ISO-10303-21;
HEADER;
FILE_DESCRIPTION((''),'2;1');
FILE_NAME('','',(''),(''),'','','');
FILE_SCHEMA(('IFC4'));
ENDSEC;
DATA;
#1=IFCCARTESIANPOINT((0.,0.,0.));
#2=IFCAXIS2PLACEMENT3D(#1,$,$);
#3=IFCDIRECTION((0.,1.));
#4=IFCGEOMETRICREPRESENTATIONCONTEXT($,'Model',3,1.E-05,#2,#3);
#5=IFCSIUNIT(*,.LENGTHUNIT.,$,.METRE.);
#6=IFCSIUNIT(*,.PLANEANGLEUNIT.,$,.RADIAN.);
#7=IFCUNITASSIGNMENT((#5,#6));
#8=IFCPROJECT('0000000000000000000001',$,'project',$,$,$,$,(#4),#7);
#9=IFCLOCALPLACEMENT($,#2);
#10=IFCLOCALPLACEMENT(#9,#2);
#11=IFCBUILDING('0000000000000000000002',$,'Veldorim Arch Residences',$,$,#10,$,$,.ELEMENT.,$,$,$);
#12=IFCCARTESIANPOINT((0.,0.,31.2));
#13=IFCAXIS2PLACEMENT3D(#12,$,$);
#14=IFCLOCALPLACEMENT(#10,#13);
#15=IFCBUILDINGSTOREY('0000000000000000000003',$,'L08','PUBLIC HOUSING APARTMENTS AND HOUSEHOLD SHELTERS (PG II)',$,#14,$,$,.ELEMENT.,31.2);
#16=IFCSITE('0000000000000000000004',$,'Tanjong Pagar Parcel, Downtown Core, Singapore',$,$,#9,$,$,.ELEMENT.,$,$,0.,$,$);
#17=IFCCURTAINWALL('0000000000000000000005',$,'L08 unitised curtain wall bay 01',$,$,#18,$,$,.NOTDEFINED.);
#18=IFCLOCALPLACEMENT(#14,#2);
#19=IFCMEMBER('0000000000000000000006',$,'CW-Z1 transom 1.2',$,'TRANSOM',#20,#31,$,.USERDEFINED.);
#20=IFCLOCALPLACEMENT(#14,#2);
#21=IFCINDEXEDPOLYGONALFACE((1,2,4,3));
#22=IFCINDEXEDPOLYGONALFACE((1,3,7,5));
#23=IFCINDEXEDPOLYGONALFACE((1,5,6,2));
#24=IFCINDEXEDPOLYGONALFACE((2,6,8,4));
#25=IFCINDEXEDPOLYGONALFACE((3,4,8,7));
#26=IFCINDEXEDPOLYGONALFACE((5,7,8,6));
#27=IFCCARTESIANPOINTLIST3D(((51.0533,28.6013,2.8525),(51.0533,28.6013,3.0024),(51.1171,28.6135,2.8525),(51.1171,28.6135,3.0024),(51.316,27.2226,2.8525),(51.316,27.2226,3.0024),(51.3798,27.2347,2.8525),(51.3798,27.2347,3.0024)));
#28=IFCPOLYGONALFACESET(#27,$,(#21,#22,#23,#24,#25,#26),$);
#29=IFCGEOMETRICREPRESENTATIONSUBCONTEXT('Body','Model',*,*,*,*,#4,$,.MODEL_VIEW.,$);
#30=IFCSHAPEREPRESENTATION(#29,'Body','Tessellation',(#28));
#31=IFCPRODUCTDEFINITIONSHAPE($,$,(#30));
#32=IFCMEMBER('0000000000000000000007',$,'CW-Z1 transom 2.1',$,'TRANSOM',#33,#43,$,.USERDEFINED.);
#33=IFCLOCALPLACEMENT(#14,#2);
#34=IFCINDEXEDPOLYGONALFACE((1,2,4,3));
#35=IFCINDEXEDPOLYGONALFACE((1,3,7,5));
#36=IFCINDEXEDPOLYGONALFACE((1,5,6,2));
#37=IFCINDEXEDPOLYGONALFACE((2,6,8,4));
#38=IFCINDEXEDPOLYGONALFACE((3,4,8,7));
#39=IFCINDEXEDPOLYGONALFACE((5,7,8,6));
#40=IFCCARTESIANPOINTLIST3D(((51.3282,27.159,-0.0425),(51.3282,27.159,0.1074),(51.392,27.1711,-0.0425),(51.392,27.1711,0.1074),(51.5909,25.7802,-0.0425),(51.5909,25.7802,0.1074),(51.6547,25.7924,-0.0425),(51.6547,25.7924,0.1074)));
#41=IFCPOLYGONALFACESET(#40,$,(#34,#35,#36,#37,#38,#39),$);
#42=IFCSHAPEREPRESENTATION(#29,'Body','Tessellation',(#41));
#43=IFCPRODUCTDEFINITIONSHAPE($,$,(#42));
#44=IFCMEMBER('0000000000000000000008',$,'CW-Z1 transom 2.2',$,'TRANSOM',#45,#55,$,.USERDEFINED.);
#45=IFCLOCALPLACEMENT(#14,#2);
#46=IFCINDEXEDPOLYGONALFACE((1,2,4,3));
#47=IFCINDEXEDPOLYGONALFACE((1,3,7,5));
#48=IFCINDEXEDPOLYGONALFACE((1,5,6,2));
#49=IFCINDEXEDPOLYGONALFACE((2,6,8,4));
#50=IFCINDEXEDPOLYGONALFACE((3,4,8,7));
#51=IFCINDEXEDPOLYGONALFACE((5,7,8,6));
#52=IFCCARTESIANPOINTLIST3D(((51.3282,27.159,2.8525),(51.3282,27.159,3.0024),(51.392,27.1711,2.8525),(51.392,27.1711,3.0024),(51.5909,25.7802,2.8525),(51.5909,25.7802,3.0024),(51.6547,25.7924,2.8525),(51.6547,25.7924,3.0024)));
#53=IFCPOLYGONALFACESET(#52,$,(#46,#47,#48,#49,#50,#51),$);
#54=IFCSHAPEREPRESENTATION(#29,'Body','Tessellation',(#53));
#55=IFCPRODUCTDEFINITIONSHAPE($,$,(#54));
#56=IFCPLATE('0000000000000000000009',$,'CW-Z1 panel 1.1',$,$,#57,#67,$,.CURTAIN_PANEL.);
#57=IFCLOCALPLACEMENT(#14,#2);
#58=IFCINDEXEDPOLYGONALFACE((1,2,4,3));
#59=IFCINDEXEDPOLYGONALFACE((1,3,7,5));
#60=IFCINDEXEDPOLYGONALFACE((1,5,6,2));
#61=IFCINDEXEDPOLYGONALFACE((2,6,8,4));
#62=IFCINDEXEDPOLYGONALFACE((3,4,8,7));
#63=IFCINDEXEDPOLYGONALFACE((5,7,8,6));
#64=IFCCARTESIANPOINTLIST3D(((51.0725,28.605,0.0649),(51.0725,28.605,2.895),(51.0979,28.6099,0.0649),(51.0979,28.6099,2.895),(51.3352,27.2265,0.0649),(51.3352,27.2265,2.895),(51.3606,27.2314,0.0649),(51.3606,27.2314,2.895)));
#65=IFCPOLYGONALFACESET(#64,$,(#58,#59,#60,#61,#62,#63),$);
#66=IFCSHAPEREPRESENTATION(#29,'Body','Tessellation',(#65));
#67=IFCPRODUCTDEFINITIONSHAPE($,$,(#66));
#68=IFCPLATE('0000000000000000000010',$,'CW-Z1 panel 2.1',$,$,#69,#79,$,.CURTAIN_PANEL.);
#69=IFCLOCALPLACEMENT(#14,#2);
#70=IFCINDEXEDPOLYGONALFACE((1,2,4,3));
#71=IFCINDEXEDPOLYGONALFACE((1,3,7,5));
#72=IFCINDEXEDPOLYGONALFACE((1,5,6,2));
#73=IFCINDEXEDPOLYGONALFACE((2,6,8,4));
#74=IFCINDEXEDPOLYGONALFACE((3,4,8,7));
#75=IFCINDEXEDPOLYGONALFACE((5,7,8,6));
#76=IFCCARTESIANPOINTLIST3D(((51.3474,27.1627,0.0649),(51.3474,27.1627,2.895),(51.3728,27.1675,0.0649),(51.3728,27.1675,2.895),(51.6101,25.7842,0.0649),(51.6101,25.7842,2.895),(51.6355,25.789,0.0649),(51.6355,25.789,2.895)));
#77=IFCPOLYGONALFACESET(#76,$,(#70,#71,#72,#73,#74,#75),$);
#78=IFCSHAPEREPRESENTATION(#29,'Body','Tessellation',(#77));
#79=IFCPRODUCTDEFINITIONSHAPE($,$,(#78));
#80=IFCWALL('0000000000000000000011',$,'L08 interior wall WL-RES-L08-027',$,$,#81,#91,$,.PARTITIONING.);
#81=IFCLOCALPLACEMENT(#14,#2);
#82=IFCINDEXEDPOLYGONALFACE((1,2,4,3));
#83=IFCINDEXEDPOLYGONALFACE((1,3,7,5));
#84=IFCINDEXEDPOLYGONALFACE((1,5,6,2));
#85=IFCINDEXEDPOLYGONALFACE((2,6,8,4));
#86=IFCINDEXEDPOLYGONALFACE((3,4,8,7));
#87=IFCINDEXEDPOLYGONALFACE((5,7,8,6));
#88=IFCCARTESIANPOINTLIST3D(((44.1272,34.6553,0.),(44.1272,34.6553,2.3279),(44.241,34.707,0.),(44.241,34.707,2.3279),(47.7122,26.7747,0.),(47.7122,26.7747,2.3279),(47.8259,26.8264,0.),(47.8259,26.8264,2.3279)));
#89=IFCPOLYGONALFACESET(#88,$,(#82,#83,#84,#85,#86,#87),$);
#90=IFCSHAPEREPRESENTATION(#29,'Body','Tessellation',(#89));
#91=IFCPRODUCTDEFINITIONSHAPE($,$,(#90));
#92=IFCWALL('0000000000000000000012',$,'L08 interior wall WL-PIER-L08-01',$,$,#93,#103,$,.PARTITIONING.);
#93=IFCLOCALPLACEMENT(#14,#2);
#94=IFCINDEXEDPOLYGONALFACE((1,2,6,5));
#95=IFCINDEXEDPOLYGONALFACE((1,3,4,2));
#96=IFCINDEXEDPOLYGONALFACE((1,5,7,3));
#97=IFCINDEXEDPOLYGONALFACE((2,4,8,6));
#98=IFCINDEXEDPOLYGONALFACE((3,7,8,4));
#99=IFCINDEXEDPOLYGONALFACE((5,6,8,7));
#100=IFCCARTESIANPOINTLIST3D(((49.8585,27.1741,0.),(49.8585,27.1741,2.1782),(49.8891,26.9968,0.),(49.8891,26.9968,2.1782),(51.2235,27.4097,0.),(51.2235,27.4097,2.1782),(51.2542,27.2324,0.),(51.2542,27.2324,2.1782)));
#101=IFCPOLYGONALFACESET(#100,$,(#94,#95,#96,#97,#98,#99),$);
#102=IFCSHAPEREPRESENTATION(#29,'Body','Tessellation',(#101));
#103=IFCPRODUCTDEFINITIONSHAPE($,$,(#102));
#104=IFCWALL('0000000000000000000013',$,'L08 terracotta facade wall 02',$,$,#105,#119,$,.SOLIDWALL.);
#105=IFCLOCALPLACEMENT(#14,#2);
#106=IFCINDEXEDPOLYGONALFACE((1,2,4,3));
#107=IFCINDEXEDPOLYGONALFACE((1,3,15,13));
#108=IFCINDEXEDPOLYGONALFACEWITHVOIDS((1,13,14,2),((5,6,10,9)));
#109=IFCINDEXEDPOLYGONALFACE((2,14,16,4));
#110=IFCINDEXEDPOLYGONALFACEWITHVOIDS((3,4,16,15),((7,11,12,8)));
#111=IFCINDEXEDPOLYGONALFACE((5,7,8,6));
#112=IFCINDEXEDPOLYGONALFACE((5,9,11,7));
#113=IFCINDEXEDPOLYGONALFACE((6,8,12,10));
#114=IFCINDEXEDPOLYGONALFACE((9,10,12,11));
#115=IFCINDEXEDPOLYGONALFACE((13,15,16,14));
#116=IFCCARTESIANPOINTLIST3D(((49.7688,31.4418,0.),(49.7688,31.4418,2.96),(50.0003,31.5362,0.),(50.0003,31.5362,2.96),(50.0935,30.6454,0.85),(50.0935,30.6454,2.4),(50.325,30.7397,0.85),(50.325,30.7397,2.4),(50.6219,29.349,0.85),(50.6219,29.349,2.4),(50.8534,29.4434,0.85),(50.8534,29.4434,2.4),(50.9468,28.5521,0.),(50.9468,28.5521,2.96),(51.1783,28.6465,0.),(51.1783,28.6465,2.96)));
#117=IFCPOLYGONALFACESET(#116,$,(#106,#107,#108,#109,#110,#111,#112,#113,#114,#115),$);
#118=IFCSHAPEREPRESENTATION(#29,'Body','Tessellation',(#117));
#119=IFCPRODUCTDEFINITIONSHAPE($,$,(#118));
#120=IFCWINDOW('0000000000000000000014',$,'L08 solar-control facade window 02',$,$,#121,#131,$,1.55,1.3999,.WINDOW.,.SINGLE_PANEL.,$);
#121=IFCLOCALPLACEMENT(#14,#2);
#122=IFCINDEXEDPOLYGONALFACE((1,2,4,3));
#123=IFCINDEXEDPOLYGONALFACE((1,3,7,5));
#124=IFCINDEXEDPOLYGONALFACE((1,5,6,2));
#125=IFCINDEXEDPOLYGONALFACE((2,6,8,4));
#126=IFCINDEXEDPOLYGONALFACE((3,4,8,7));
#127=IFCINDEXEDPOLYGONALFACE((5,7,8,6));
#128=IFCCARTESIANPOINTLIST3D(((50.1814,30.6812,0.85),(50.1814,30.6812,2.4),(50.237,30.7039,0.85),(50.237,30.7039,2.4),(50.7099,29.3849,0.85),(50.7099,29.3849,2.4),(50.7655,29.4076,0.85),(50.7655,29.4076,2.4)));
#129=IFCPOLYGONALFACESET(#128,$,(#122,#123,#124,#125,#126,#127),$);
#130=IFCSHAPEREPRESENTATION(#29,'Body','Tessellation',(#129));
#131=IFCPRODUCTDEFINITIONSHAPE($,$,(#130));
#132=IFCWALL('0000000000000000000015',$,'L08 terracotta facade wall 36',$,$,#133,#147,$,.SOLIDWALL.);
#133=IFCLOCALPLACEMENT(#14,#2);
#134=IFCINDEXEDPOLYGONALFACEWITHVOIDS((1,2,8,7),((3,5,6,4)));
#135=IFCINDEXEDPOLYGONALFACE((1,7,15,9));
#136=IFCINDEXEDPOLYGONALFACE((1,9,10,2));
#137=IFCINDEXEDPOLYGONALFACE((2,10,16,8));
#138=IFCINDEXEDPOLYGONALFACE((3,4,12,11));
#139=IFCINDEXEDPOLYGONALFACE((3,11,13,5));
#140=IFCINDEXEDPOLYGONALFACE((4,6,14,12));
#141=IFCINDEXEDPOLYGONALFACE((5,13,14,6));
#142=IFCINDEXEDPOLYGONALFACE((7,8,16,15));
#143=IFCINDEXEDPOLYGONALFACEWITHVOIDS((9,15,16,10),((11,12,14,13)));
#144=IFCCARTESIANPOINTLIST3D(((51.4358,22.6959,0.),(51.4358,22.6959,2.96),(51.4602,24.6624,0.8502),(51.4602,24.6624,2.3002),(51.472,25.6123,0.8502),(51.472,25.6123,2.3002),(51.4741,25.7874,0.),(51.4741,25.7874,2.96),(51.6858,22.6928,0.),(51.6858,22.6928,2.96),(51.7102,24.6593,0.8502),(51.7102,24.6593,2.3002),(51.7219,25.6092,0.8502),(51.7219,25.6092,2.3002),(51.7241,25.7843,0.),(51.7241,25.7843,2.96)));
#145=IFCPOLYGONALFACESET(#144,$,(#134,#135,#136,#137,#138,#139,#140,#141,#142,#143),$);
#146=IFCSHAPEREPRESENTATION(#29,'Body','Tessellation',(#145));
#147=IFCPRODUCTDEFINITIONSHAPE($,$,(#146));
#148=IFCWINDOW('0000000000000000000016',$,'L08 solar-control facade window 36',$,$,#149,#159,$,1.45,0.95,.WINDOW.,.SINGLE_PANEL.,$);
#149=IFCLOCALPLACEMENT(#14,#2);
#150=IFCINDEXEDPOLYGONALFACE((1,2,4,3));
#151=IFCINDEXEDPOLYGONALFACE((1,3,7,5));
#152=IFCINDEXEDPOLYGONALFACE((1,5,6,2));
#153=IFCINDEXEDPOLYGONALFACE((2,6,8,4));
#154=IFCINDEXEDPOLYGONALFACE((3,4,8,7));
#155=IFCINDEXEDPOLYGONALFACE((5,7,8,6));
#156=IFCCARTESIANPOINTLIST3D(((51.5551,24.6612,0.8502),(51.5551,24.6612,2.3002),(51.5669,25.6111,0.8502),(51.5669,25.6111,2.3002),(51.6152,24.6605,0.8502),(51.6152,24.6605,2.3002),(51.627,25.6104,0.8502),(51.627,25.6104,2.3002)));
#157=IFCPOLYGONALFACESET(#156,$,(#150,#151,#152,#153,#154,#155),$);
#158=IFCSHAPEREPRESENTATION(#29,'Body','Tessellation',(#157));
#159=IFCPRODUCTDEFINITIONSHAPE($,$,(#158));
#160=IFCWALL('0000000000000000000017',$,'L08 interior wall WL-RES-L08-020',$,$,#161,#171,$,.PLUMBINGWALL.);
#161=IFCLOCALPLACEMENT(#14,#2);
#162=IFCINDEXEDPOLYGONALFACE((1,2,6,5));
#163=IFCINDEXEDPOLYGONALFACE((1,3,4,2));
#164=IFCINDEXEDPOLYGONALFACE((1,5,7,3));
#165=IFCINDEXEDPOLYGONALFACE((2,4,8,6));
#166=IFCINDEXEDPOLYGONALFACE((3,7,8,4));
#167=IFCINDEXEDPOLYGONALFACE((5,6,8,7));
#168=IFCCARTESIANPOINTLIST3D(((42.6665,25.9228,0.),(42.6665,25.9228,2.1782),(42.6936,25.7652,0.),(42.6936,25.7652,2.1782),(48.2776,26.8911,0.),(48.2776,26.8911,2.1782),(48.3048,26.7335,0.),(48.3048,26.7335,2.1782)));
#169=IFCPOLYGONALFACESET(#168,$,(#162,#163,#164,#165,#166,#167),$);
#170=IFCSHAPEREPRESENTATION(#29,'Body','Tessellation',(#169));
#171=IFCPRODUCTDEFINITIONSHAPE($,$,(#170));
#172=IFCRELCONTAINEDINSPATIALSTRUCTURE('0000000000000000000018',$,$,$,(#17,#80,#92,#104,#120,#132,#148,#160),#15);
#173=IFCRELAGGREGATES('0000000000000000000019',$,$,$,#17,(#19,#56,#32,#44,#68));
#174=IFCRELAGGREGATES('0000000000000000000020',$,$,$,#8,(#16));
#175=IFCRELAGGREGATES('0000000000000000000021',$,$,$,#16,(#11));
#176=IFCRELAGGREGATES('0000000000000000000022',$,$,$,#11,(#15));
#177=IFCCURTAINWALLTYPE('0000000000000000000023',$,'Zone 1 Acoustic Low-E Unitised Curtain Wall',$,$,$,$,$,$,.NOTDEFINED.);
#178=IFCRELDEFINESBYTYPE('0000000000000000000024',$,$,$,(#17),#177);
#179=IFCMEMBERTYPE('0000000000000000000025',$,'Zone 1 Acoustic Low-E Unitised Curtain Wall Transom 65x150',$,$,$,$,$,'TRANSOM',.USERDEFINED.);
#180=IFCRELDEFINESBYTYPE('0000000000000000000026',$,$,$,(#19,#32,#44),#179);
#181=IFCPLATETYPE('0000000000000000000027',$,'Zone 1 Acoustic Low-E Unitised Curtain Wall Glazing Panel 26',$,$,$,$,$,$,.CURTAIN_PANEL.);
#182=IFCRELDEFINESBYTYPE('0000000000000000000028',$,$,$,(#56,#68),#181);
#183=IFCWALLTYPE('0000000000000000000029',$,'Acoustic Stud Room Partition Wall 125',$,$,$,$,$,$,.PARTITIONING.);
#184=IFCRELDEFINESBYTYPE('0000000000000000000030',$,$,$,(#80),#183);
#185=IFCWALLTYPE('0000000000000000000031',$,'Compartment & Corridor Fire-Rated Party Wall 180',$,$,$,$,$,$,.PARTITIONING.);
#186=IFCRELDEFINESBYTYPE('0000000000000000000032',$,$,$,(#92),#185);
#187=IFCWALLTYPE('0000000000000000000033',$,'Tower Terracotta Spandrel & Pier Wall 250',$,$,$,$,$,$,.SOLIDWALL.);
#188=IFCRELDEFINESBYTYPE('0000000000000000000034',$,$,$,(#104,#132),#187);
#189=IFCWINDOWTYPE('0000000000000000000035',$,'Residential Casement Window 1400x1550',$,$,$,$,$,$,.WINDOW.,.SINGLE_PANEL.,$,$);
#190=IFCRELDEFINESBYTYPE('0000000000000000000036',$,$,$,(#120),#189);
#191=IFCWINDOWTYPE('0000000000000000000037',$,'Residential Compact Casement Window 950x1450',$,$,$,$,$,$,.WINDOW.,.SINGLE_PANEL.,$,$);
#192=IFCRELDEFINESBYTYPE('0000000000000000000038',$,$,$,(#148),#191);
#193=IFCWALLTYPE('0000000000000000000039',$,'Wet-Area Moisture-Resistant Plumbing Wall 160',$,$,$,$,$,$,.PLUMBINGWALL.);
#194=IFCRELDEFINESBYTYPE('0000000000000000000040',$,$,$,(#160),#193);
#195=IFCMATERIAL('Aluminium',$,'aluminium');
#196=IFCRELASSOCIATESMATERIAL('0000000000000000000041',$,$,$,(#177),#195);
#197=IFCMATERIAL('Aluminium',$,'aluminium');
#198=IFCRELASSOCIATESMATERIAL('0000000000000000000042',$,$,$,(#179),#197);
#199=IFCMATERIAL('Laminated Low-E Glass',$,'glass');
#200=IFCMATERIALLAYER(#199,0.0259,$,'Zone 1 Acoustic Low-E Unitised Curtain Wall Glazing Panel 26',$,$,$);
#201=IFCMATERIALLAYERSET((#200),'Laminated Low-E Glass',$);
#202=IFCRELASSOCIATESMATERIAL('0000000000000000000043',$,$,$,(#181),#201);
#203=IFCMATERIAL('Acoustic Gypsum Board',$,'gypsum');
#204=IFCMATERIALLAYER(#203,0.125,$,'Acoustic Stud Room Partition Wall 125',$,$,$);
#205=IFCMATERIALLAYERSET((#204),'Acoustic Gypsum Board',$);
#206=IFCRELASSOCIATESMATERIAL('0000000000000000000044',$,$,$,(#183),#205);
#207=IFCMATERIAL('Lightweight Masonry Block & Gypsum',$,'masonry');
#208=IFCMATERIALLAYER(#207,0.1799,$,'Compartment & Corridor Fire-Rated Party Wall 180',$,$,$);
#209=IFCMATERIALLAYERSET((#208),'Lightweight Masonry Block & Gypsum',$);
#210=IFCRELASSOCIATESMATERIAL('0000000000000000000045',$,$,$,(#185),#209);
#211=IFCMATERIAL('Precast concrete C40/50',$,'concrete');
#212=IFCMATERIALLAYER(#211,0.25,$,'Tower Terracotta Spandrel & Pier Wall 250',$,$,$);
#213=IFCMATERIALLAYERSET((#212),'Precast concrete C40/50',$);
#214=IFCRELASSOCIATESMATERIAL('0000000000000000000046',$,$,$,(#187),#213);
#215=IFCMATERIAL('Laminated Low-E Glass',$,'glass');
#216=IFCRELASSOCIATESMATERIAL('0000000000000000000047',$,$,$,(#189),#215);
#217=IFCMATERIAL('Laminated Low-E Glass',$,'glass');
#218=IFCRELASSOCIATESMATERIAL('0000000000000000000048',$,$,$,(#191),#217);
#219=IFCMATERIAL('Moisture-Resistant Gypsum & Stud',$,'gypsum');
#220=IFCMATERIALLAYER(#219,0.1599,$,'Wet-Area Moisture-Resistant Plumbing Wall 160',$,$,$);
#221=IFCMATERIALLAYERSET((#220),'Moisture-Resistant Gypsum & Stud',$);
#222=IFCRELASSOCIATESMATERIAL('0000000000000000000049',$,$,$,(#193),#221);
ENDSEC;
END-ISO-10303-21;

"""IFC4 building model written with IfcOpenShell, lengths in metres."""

from ifc_helpers import new_model, si_unit, direction, frame, frame_2d, origin, origin_2d, place, context, subcontext, project, spatial, rectangle, extrude, material, layer, layer_set, material_profile, profile_set, type_object, element, fill, aggregate, save


model = new_model("IFC4")

# Units and contexts
model_context = context("Model", 3, precision=1e-05, world=origin(), true_north=direction((0.0, 1.0)))
body_context = subcontext(model_context, "Body", "Model", "MODEL_VIEW")
ifc_project = project(units=[si_unit("LENGTHUNIT", "METRE"), si_unit("PLANEANGLEUNIT", "RADIAN")], contexts=[model_context])

# Site, building, storey
site_placement = place(None, origin())
site = spatial("IfcSite", under=ifc_project, at=site_placement, Name="Tanjong Pagar Parcel, Downtown Core, Singapore", CompositionType="ELEMENT", RefElevation=0.0)
building_placement = place(site_placement, origin())
building = spatial("IfcBuilding", under=site, at=building_placement, Name="Veldorim Arch Residences", CompositionType="ELEMENT")
storey_placement = place(building_placement, frame((0.0, 0.0, 31.2)))
storey = spatial("IfcBuildingStorey", under=building, at=storey_placement, Name="L08", Description="PUBLIC HOUSING APARTMENTS AND HOUSEHOLD SHELTERS (PG II)", CompositionType="ELEMENT", Elevation=31.2)

# Curtain wall, members, plates
ifc_material_1 = material(Name="Aluminium", Category="aluminium")
curtain_wall_type = type_object("IfcCurtainWallType", Name="Zone 1 Acoustic Low-E Unitised Curtain Wall", PredefinedType="NOTDEFINED", material=ifc_material_1)
curtain_wall_placement = place(storey_placement, origin())
curtain_wall = element("IfcCurtainWall", 1, at=curtain_wall_placement, inside=storey, type_object=curtain_wall_type, Name="L08 unitised curtain wall bay 01", PredefinedType="NOTDEFINED")
ifc_material_2 = material(Name="Aluminium", Category="aluminium")
ifc_material_profile_1 = material_profile(ifc_material_2, rectangle(XDim=0.0649, YDim=0.1499, at=origin_2d()), Name="ALU_TRN_65x150")
ifc_profile_set_1 = profile_set([ifc_material_profile_1], Name="Aluminium")
member_type_1 = type_object("IfcMemberType", Name="Zone 1 Acoustic Low-E Unitised Curtain Wall Transom 65x150", ElementType="TRANSOM", PredefinedType="USERDEFINED", material=ifc_profile_set_1)
member_1_placement = place(storey_placement, frame((51.0852, 28.6074, 2.9275), z_axis=(0.187176, -0.982326, 0.0), x_axis=(0.982326, 0.187176, 0.0)))
member_1 = element("IfcMember", 2, at=member_1_placement, type_object=member_type_1, Name="CW-Z1 transom 1.2", ObjectType="TRANSOM", PredefinedType="USERDEFINED", context=body_context, shape_type="SweptSolid", body=[
    extrude(rectangle(XDim=0.0649, YDim=0.1499, at=origin_2d()), origin(), (0.0, 0.0, 1.0), 1.4036),
])
member_2_placement = place(storey_placement, frame((51.3601, 27.165, 0.0325), z_axis=(0.187176, -0.982326, 0.0), x_axis=(0.982326, 0.187176, 0.0)))
member_2 = element("IfcMember", 3, at=member_2_placement, type_object=member_type_1, Name="CW-Z1 transom 2.1", ObjectType="TRANSOM", PredefinedType="USERDEFINED", context=body_context, shape_type="SweptSolid", body=[
    extrude(rectangle(XDim=0.0649, YDim=0.1499, at=origin_2d()), origin(), (0.0, 0.0, 1.0), 1.4036),
])
member_3_placement = place(storey_placement, frame((51.3601, 27.165, 2.9275), z_axis=(0.187176, -0.982326, 0.0), x_axis=(0.982326, 0.187176, 0.0)))
member_3 = element("IfcMember", 4, at=member_3_placement, type_object=member_type_1, Name="CW-Z1 transom 2.2", ObjectType="TRANSOM", PredefinedType="USERDEFINED", context=body_context, shape_type="SweptSolid", body=[
    extrude(rectangle(XDim=0.0649, YDim=0.1499, at=origin_2d()), origin(), (0.0, 0.0, 1.0), 1.4036),
])
ifc_material_3 = material(Name="Laminated Low-E Glass", Category="glass")
ifc_layer_1 = layer(ifc_material_3, 0.0259, Name="Zone 1 Acoustic Low-E Unitised Curtain Wall Glazing Panel 26")
ifc_layer_set_1 = layer_set([ifc_layer_1], Name="Laminated Low-E Glass")
plate_type = type_object("IfcPlateType", Name="Zone 1 Acoustic Low-E Unitised Curtain Wall Glazing Panel 26", PredefinedType="CURTAIN_PANEL", material=ifc_layer_set_1)
plate_1_placement = place(storey_placement, frame((51.2166, 27.9182, 0.0649), z_axis=(0.0, 0.0, 1.0), x_axis=(0.187222, -0.982318, 0.0)))
plate_1 = element("IfcPlate", 5, at=plate_1_placement, type_object=plate_type, Name="CW-Z1 panel 1.1", PredefinedType="CURTAIN_PANEL", context=body_context, shape_type="SweptSolid", body=[
    extrude(rectangle(XDim=1.4033, YDim=0.0259, at=origin_2d()), origin(), (0.0, 0.0, 1.0), 2.8301),
])
plate_2_placement = place(storey_placement, frame((51.4915, 26.4758, 0.0649), z_axis=(0.0, 0.0, 1.0), x_axis=(0.187222, -0.982318, 0.0)))
plate_2 = element("IfcPlate", 6, at=plate_2_placement, type_object=plate_type, Name="CW-Z1 panel 2.1", PredefinedType="CURTAIN_PANEL", context=body_context, shape_type="SweptSolid", body=[
    extrude(rectangle(XDim=1.4033, YDim=0.0259, at=origin_2d()), origin(), (0.0, 0.0, 1.0), 2.8301),
])
aggregate(curtain_wall, [member_1, plate_1, member_2, member_3, plate_2])

# Walls
ifc_material_4 = material(Name="Acoustic Gypsum Board", Category="gypsum")
ifc_layer_2 = layer(ifc_material_4, 0.125, Name="Acoustic Stud Room Partition Wall 125")
ifc_layer_set_2 = layer_set([ifc_layer_2], Name="Acoustic Gypsum Board")
wall_type_1 = type_object("IfcWallType", Name="Acoustic Stud Room Partition Wall 125", PredefinedType="PARTITIONING", material=ifc_layer_set_2)
wall_1_placement = place(storey_placement, frame((47.769, 26.8005, 0.0), z_axis=(0.0, 0.0, 1.0), x_axis=(-0.414077, 0.910242, 0.0)))
element("IfcWall", 7, at=wall_1_placement, inside=storey, type_object=wall_type_1, Name="L08 interior wall WL-RES-L08-027", PredefinedType="PARTITIONING", context=body_context, shape_type="SweptSolid", body=[
    extrude(rectangle(XDim=8.6577, YDim=0.125, at=frame_2d((4.3289, 0.0))), origin(), (0.0, 0.0, 1.0), 2.3279),
])
ifc_material_5 = material(Name="Lightweight Masonry Block & Gypsum", Category="masonry")
ifc_layer_3 = layer(ifc_material_5, 0.1799, Name="Compartment & Corridor Fire-Rated Party Wall 180")
ifc_layer_set_3 = layer_set([ifc_layer_3], Name="Lightweight Masonry Block & Gypsum")
wall_type_2 = type_object("IfcWallType", Name="Compartment & Corridor Fire-Rated Party Wall 180", PredefinedType="PARTITIONING", material=ifc_layer_set_3)
wall_2_placement = place(storey_placement, frame((49.8738, 27.0854, 0.0), z_axis=(0.0, 0.0, 1.0), x_axis=(0.98543, 0.170084, 0.0)))
element("IfcWall", 8, at=wall_2_placement, inside=storey, type_object=wall_type_2, Name="L08 interior wall WL-PIER-L08-01", PredefinedType="PARTITIONING", context=body_context, shape_type="SweptSolid", body=[
    extrude(rectangle(XDim=1.3853, YDim=0.1799, at=frame_2d((0.6926, 0.0))), origin(), (0.0, 0.0, 1.0), 2.1782),
])

# Walls, openings, windows
ifc_material_6 = material(Name="Precast concrete C40/50", Category="concrete")
ifc_layer_4 = layer(ifc_material_6, 0.25, Name="Tower Terracotta Spandrel & Pier Wall 250")
ifc_layer_set_4 = layer_set([ifc_layer_4], Name="Precast concrete C40/50")
wall_type_3 = type_object("IfcWallType", Name="Tower Terracotta Spandrel & Pier Wall 250", PredefinedType="SOLIDWALL", material=ifc_layer_set_4)
wall_3_placement = place(storey_placement, frame((49.8845, 31.489, 0.0), z_axis=(0.0, 0.0, 1.0), x_axis=(0.377493, -0.926012, 0.0)))
wall_3 = element("IfcWall", 9, at=wall_3_placement, inside=storey, type_object=wall_type_3, Name="L08 terracotta facade wall 02", PredefinedType="SOLIDWALL", context=body_context, shape_type="SweptSolid", body=[
    extrude(rectangle(XDim=3.1206, YDim=0.25, at=frame_2d((1.5603, 0.0))), origin(), (0.0, 0.0, 1.0), 2.96),
])
opening_1_placement = place(wall_3_placement, frame((0.8601, 0.0, 0.8501)))
opening_1 = element("IfcOpeningElement", 10, at=opening_1_placement, cuts=wall_3, PredefinedType="OPENING", context=body_context, shape_type="SweptSolid", body=[
    extrude(rectangle(XDim=1.3999, YDim=1.55, at=frame_2d((0.7, 0.7749))), frame((0.0, 0.135, 0.0), z_axis=(0.0, -1.0, 0.0), x_axis=(1.0, 0.0, 0.0)), (0.0, 0.0, 1.0), 0.27),
])
ifc_material_7 = material(Name="Laminated Low-E Glass", Category="glass")
window_type_1 = type_object("IfcWindowType", Name="Residential Casement Window 1400x1550", PartitioningType="SINGLE_PANEL", PredefinedType="WINDOW", material=ifc_material_7)
window_1_placement = place(opening_1_placement, origin())
window_1 = element("IfcWindow", 11, at=window_1_placement, inside=storey, type_object=window_type_1, Name="L08 solar-control facade window 02", OverallHeight=1.55, OverallWidth=1.3999, PartitioningType="SINGLE_PANEL", PredefinedType="WINDOW", context=body_context, shape_type="SweptSolid", body=[
    extrude(rectangle(XDim=1.3999, YDim=1.55, at=frame_2d((0.7, 0.7749))), frame((0.0, 0.03, 0.0), z_axis=(0.0, -1.0, 0.0), x_axis=(1.0, 0.0, 0.0)), (0.0, 0.0, 1.0), 0.0601),
])
fill(opening_1, window_1)
wall_4_placement = place(storey_placement, frame((51.5991, 25.7859, 0.0), z_axis=(0.0, 0.0, 1.0), x_axis=(-0.012397, -0.999923, 0.0)))
wall_4 = element("IfcWall", 12, at=wall_4_placement, inside=storey, type_object=wall_type_3, Name="L08 terracotta facade wall 36", PredefinedType="SOLIDWALL", context=body_context, shape_type="SweptSolid", body=[
    extrude(rectangle(XDim=3.0918, YDim=0.25, at=frame_2d((1.5459, 0.0))), origin(), (0.0, 0.0, 1.0), 2.96),
])
opening_2_placement = place(wall_4_placement, frame((0.175, 0.0, 0.8501)))
opening_2 = element("IfcOpeningElement", 13, at=opening_2_placement, cuts=wall_4, PredefinedType="OPENING", context=body_context, shape_type="SweptSolid", body=[
    extrude(rectangle(XDim=0.95, YDim=1.45, at=frame_2d((0.4751, 0.7251))), frame((0.0, 0.135, 0.0), z_axis=(0.0, -1.0, 0.0), x_axis=(1.0, 0.0, 0.0)), (0.0, 0.0, 1.0), 0.27),
])
ifc_material_8 = material(Name="Laminated Low-E Glass", Category="glass")
window_type_2 = type_object("IfcWindowType", Name="Residential Compact Casement Window 950x1450", PartitioningType="SINGLE_PANEL", PredefinedType="WINDOW", material=ifc_material_8)
window_2_placement = place(opening_2_placement, origin())
window_2 = element("IfcWindow", 14, at=window_2_placement, inside=storey, type_object=window_type_2, Name="L08 solar-control facade window 36", OverallHeight=1.45, OverallWidth=0.95, PartitioningType="SINGLE_PANEL", PredefinedType="WINDOW", context=body_context, shape_type="SweptSolid", body=[
    extrude(rectangle(XDim=0.95, YDim=1.45, at=frame_2d((0.4751, 0.7251))), frame((0.0, 0.03, 0.0), z_axis=(0.0, -1.0, 0.0), x_axis=(1.0, 0.0, 0.0)), (0.0, 0.0, 1.0), 0.0601),
])
fill(opening_2, window_2)

# Wall
ifc_material_9 = material(Name="Moisture-Resistant Gypsum & Stud", Category="gypsum")
ifc_layer_5 = layer(ifc_material_9, 0.1599, Name="Wet-Area Moisture-Resistant Plumbing Wall 160")
ifc_layer_set_5 = layer_set([ifc_layer_5], Name="Moisture-Resistant Gypsum & Stud")
wall_type_4 = type_object("IfcWallType", Name="Wet-Area Moisture-Resistant Plumbing Wall 160", PredefinedType="PLUMBINGWALL", material=ifc_layer_set_5)
wall_5_placement = place(storey_placement, frame((42.6799, 25.844, 0.0), z_axis=(0.0, 0.0, 1.0), x_axis=(0.985436, 0.170049, 0.0)))
element("IfcWall", 15, at=wall_5_placement, inside=storey, type_object=wall_type_4, Name="L08 interior wall WL-RES-L08-020", PredefinedType="PLUMBINGWALL", context=body_context, shape_type="SweptSolid", body=[
    extrude(rectangle(XDim=5.6941, YDim=0.1599, at=frame_2d((2.8472, 0.0))), origin(), (0.0, 0.0, 1.0), 2.1782),
])

save(model, "model.ifc")
